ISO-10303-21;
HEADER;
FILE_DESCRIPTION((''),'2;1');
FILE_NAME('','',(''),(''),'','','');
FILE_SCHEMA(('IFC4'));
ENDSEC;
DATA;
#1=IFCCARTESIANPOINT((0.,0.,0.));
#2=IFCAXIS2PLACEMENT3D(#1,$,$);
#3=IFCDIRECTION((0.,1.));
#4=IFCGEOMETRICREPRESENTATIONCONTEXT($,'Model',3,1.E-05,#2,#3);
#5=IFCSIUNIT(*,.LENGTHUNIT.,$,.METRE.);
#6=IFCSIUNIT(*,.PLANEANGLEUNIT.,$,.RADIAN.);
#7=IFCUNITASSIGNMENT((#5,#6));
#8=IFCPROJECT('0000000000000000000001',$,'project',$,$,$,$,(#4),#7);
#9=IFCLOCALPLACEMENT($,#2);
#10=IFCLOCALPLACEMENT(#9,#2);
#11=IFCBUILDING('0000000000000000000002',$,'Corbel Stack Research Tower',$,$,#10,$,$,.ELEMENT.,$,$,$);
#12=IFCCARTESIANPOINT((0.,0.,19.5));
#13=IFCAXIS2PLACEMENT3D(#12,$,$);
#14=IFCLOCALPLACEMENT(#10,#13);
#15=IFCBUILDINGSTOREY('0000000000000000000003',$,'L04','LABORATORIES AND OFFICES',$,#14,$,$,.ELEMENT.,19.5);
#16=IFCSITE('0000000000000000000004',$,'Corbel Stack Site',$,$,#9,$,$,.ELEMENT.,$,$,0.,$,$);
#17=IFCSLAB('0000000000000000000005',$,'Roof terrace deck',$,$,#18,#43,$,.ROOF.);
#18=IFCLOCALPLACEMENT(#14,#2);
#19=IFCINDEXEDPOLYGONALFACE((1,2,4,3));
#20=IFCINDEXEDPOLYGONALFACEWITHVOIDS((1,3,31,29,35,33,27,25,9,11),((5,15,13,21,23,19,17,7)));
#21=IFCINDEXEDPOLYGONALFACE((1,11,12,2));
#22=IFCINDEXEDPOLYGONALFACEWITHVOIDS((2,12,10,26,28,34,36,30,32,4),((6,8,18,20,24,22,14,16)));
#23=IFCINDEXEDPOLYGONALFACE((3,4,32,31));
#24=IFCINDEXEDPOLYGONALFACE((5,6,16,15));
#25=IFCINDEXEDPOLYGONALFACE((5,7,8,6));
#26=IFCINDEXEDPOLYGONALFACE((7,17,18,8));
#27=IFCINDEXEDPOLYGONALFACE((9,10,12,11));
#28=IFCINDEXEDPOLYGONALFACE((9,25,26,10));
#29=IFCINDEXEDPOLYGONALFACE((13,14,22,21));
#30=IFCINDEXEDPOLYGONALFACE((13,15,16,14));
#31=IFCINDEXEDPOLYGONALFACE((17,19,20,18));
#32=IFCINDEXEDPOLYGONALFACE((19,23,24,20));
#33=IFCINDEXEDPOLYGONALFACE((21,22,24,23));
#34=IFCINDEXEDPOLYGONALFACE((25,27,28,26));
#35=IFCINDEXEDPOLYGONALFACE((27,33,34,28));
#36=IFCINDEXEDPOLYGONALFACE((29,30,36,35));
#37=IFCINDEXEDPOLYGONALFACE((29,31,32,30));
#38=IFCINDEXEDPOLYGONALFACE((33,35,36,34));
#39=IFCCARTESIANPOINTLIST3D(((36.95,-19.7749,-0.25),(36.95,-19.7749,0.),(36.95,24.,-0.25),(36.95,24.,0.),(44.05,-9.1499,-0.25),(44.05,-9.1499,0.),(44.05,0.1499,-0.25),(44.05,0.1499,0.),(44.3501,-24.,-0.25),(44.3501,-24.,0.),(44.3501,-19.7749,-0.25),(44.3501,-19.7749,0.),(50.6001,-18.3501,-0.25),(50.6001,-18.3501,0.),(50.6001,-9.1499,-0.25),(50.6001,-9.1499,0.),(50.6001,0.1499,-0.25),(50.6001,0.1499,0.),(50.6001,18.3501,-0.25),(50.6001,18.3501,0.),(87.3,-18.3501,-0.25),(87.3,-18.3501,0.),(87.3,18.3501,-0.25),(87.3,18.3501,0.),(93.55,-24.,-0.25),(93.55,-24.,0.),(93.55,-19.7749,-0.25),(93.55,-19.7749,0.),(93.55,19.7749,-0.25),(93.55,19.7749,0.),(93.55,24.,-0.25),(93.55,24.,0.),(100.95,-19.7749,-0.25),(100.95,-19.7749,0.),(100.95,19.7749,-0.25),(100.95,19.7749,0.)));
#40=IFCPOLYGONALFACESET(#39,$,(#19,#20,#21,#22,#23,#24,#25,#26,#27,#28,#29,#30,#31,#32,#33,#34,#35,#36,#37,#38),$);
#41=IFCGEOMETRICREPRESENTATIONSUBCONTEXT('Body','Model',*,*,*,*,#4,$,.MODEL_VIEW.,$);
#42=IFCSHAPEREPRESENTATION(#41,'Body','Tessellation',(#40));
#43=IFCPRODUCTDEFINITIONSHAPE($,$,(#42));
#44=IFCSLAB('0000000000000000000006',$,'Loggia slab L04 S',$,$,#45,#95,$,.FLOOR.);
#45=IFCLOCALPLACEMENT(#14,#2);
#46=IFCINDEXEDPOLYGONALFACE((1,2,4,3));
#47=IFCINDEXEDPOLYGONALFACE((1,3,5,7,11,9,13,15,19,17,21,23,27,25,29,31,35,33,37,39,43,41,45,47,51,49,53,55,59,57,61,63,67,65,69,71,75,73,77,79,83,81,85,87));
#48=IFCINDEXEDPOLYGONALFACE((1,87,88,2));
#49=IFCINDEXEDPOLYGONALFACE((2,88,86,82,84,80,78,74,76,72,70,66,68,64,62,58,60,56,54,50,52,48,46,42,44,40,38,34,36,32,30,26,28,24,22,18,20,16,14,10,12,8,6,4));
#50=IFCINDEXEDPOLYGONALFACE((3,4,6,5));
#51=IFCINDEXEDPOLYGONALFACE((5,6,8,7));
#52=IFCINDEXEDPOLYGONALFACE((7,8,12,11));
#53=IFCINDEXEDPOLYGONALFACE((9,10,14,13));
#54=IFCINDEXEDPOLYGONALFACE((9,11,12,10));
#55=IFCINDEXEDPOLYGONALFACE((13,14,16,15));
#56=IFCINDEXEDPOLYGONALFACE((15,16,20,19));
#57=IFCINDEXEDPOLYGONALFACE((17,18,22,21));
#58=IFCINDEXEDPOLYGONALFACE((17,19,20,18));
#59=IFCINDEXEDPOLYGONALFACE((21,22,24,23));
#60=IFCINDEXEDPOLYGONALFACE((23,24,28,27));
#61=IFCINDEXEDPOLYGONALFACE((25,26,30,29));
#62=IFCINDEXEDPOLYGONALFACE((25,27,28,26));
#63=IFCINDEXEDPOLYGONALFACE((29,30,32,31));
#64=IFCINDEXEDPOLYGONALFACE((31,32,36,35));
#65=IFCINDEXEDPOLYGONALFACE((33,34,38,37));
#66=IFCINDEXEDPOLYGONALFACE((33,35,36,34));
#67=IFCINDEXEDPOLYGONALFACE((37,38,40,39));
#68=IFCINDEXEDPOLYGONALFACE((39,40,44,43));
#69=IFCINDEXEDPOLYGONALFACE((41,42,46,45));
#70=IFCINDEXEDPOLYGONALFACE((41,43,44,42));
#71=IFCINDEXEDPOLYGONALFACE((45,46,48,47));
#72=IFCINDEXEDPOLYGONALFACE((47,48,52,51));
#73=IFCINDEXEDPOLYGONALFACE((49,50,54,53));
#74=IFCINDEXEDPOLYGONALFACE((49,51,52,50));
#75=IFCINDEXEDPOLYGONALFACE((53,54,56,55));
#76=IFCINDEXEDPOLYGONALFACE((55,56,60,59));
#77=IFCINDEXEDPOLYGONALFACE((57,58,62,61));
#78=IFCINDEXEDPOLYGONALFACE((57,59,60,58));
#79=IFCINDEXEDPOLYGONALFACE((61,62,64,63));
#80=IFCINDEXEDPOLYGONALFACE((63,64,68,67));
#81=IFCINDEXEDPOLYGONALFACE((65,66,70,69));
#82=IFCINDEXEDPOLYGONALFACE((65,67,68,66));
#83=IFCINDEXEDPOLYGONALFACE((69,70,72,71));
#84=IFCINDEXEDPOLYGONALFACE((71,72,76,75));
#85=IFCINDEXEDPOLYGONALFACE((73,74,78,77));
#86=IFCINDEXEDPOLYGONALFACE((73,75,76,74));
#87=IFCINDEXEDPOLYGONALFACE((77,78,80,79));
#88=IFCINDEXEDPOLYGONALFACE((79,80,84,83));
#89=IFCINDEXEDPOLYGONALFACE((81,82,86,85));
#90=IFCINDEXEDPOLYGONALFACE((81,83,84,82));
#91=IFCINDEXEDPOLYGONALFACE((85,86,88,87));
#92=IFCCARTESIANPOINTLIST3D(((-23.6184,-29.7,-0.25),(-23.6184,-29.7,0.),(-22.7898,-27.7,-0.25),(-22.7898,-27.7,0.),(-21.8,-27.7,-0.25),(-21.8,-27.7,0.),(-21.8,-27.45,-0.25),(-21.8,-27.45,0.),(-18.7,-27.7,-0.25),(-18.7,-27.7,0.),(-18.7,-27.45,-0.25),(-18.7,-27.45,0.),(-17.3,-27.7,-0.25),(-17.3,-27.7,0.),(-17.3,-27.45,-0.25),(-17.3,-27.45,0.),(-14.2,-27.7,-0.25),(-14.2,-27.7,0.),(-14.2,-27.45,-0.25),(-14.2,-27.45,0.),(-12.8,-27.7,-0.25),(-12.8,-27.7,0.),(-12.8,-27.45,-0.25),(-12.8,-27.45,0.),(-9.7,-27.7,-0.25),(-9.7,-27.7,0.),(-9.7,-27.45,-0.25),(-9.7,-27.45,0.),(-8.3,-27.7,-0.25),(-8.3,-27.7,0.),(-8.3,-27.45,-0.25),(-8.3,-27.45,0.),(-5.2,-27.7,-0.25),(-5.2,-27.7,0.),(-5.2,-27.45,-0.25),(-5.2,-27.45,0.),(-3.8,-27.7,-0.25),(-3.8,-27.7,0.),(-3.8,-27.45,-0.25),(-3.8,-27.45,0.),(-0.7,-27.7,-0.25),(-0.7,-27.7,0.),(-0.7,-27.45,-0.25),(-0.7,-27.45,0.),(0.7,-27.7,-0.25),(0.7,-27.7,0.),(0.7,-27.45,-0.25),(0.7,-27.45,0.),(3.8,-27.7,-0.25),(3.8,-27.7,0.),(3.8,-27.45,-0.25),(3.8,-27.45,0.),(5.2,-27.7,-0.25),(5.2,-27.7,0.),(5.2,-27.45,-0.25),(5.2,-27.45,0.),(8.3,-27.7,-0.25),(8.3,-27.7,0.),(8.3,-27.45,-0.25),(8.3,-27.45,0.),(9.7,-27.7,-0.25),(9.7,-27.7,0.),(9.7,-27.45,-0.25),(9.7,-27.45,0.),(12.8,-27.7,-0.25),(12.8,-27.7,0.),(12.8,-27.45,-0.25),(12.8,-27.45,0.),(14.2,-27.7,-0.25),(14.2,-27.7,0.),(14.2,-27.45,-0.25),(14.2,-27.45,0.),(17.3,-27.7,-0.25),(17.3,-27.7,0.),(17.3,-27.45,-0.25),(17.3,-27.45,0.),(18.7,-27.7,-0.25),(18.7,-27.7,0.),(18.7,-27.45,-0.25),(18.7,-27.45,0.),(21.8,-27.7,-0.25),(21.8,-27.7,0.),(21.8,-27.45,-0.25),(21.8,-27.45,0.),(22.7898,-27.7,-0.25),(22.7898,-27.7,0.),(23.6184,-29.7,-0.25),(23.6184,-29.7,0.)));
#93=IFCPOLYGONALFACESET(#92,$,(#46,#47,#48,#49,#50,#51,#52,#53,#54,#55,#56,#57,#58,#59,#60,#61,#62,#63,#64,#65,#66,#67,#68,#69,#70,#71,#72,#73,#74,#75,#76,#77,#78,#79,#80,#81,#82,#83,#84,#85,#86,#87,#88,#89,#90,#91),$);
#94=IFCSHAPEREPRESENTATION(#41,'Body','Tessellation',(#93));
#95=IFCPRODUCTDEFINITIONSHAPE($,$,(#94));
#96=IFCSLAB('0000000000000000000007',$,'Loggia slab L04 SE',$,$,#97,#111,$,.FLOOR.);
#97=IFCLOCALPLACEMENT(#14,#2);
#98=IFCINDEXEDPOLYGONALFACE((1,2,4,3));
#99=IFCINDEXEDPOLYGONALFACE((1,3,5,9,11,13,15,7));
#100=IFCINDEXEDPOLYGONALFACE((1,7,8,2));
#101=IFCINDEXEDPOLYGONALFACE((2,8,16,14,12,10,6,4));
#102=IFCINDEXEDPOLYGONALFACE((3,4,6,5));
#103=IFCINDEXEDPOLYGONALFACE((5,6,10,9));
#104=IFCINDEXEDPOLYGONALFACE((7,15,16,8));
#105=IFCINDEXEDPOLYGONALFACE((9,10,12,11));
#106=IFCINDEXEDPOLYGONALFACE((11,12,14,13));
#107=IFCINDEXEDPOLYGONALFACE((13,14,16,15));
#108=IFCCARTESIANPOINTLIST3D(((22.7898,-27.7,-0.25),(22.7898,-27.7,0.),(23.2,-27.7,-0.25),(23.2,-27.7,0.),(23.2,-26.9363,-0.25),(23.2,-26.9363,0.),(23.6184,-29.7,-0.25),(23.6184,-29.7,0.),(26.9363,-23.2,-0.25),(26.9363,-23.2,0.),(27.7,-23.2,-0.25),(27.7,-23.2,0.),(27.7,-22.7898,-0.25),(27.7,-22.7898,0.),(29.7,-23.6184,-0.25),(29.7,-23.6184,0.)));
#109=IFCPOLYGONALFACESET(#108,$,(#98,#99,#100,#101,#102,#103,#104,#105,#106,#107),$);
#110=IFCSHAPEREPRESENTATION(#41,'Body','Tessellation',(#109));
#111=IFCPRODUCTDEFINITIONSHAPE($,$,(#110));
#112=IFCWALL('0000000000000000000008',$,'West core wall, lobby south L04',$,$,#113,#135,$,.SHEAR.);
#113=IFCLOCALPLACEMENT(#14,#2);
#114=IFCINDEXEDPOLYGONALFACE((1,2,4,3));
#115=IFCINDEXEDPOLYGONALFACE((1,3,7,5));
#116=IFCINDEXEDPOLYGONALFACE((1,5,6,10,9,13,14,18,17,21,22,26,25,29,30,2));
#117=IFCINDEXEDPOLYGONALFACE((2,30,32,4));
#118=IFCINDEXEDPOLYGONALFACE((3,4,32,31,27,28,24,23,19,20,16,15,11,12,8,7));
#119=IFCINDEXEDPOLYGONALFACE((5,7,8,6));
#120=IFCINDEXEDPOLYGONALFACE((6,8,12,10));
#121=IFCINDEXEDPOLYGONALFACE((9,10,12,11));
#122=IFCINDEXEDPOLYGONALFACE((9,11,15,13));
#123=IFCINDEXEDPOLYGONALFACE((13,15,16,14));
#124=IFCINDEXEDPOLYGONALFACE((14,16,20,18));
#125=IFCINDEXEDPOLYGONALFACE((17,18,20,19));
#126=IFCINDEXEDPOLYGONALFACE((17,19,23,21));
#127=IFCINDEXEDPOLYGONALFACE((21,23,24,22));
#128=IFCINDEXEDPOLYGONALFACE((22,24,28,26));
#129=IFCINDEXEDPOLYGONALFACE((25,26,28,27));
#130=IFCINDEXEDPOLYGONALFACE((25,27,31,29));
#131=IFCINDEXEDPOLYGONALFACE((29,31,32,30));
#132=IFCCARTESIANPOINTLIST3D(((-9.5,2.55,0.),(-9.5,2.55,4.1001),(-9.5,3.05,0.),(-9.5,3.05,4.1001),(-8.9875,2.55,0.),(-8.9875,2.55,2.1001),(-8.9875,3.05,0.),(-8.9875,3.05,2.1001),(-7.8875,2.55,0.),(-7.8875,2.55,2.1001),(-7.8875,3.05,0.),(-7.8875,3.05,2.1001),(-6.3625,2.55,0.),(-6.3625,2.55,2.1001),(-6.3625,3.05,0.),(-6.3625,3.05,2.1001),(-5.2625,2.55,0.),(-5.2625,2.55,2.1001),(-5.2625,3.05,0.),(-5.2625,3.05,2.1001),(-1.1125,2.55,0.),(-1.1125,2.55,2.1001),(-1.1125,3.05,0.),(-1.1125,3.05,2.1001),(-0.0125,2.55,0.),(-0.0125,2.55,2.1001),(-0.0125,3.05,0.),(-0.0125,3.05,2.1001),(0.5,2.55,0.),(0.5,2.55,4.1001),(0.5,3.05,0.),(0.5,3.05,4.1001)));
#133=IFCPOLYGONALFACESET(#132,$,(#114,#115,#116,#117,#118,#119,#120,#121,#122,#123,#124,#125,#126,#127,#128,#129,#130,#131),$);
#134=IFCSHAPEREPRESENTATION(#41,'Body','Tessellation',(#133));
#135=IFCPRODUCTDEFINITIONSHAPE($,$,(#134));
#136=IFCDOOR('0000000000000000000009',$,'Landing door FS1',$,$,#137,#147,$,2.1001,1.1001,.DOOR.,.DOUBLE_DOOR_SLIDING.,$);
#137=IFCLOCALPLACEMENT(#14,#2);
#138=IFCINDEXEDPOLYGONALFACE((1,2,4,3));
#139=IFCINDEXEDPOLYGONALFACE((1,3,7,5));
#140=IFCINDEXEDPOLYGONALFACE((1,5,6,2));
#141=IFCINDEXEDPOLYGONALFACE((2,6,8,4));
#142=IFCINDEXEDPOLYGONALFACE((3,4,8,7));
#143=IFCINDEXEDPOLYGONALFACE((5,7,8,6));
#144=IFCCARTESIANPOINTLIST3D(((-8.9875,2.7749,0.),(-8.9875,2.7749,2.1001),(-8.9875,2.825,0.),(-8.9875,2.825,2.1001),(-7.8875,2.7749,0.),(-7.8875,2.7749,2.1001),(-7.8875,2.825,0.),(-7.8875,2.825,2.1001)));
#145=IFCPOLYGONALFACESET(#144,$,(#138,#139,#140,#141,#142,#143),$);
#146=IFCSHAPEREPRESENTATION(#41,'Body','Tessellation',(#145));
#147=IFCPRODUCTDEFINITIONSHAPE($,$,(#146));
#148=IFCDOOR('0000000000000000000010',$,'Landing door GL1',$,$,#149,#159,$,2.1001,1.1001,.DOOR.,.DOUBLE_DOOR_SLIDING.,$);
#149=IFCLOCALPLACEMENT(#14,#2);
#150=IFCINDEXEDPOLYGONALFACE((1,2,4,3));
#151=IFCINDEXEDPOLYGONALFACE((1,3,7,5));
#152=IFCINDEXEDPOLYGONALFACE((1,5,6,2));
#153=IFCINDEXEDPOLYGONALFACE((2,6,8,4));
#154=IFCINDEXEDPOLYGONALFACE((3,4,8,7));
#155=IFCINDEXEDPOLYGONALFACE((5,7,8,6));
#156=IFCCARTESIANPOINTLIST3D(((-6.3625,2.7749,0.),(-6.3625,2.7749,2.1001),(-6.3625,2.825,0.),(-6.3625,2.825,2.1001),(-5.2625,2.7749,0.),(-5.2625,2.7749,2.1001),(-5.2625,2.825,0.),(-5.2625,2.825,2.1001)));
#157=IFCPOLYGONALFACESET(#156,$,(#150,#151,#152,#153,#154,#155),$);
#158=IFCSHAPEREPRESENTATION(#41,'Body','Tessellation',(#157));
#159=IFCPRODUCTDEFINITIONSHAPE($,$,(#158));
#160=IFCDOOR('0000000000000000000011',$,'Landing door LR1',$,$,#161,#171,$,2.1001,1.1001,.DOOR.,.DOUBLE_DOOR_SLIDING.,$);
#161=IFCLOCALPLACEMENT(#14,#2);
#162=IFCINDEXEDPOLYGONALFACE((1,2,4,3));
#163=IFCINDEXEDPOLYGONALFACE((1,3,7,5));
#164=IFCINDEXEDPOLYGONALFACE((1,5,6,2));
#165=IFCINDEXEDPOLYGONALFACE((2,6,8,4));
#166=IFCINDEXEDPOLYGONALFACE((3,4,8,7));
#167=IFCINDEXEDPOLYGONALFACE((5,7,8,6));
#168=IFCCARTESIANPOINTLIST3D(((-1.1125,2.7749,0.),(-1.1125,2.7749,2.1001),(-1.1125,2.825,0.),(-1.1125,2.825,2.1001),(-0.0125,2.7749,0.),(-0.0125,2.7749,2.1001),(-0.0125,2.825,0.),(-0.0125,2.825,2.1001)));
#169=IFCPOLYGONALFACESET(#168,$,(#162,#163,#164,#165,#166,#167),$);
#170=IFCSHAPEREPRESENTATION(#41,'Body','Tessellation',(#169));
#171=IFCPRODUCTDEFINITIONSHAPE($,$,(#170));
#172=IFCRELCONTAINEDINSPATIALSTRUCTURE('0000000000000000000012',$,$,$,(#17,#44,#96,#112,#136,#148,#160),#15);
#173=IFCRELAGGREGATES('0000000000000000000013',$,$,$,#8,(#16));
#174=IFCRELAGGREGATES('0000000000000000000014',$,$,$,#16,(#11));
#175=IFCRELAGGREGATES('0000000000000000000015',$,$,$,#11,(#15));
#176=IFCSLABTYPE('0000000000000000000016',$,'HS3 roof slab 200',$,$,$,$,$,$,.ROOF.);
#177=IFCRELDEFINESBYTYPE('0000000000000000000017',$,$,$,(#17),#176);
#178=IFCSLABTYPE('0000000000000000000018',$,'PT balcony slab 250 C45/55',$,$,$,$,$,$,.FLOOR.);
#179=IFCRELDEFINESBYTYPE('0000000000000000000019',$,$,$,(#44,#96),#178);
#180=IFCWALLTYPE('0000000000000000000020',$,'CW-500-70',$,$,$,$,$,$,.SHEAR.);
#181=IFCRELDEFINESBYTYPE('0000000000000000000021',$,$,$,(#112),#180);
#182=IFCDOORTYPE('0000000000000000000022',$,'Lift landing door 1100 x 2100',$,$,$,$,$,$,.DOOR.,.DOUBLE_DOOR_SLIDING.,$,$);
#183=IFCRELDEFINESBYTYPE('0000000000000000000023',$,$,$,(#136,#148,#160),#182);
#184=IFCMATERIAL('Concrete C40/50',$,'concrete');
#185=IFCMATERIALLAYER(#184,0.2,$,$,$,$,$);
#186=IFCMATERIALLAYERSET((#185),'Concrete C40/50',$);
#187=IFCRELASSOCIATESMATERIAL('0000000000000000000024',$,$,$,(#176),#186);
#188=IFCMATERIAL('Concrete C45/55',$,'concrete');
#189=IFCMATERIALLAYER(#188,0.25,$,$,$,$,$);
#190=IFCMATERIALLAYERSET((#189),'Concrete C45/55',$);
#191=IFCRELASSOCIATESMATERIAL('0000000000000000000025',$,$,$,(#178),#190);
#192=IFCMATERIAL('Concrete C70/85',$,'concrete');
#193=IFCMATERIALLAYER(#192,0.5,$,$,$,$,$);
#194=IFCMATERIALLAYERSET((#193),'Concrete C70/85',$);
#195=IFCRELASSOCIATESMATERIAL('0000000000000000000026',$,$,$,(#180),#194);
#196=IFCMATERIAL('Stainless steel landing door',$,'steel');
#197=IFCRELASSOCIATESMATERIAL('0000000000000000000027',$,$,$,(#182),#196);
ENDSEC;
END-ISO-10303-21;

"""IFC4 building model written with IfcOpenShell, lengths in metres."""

from ifc_helpers import new_model, si_unit, direction, frame, frame_2d, origin, place, context, subcontext, project, spatial, polyline, rectangle, outline, extrude, material, layer, layer_set, type_object, element, fill, save


model = new_model("IFC4")

# Units and contexts
model_context = context("Model", 3, precision=1e-05, world=origin(), true_north=direction((0.0, 1.0)))
body_context = subcontext(model_context, "Body", "Model", "MODEL_VIEW")
ifc_project = project(units=[si_unit("LENGTHUNIT", "METRE"), si_unit("PLANEANGLEUNIT", "RADIAN")], contexts=[model_context])

# Site, building, storey
site_placement = place(None, origin())
site = spatial("IfcSite", under=ifc_project, at=site_placement, Name="Corbel Stack Site", CompositionType="ELEMENT", RefElevation=0.0)
building_placement = place(site_placement, origin())
building = spatial("IfcBuilding", under=site, at=building_placement, Name="Corbel Stack Research Tower", CompositionType="ELEMENT")
storey_placement = place(building_placement, frame((0.0, 0.0, 19.5)))
storey = spatial("IfcBuildingStorey", under=building, at=storey_placement, Name="L04", Description="LABORATORIES AND OFFICES", CompositionType="ELEMENT", Elevation=19.5)

# Slabs
ifc_material_1 = material(Name="Concrete C40/50", Category="concrete")
ifc_layer_1 = layer(ifc_material_1, 0.2)
ifc_layer_set_1 = layer_set([ifc_layer_1], Name="Concrete C40/50")
slab_type_1 = type_object("IfcSlabType", Name="HS3 roof slab 200", PredefinedType="ROOF", material=ifc_layer_set_1)
slab_1_placement = place(storey_placement, frame((0.0, 0.0, -0.25)))
element("IfcSlab", 1, at=slab_1_placement, inside=storey, type_object=slab_type_1, Name="Roof terrace deck", PredefinedType="ROOF", context=body_context, shape_type="SweptSolid", body=[
    extrude(outline(polyline([(100.95, -19.7749), (93.55, -19.7749), (93.55, -24.0), (44.3501, -24.0), (44.3501, -19.7749), (36.95, -19.7749), (36.95, 24.0), (93.55, 24.0), (93.55, 19.7749), (100.95, 19.7749), (100.95, -19.7749)]), holes=[polyline([(44.05, -9.1499), (50.6001, -9.1499), (50.6001, -18.3501), (87.3, -18.3501), (87.3, 18.3501), (50.6001, 18.3501), (50.6001, 0.1499), (44.05, 0.1499), (44.05, -9.1499)])]), origin(), (0.0, 0.0, 1.0), 0.25),
])
ifc_material_2 = material(Name="Concrete C45/55", Category="concrete")
ifc_layer_2 = layer(ifc_material_2, 0.25)
ifc_layer_set_2 = layer_set([ifc_layer_2], Name="Concrete C45/55")
slab_type_2 = type_object("IfcSlabType", Name="PT balcony slab 250 C45/55", PredefinedType="FLOOR", material=ifc_layer_set_2)
slab_2_placement = place(storey_placement, frame((0.0, 0.0, -0.25)))
element("IfcSlab", 2, at=slab_2_placement, inside=storey, type_object=slab_type_2, Name="Loggia slab L04 S", PredefinedType="FLOOR", context=body_context, shape_type="SweptSolid", body=[
    extrude(outline(polyline([(22.7898, -27.7), (21.8, -27.7), (21.8, -27.45), (18.7, -27.45), (18.7, -27.7), (17.3, -27.7), (17.3, -27.45), (14.2, -27.45), (14.2, -27.7), (12.8, -27.7), (12.8, -27.45), (9.7, -27.45), (9.7, -27.7), (8.3, -27.7), (8.3, -27.45), (5.2, -27.45), (5.2, -27.7), (3.8, -27.7), (3.8, -27.45), (0.7, -27.45), (0.7, -27.7), (-0.7, -27.7), (-0.7, -27.45), (-3.8, -27.45), (-3.8, -27.7), (-5.2, -27.7), (-5.2, -27.45), (-8.3, -27.45), (-8.3, -27.7), (-9.7, -27.7), (-9.7, -27.45), (-12.8, -27.45), (-12.8, -27.7), (-14.2, -27.7), (-14.2, -27.45), (-17.3, -27.45), (-17.3, -27.7), (-18.7, -27.7), (-18.7, -27.45), (-21.8, -27.45), (-21.8, -27.7), (-22.7898, -27.7), (-23.6184, -29.7), (23.6184, -29.7), (22.7898, -27.7)])), origin(), (0.0, 0.0, 1.0), 0.25),
])
slab_3_placement = place(storey_placement, frame((0.0, 0.0, -0.25)))
element("IfcSlab", 3, at=slab_3_placement, inside=storey, type_object=slab_type_2, Name="Loggia slab L04 SE", PredefinedType="FLOOR", context=body_context, shape_type="SweptSolid", body=[
    extrude(outline(polyline([(27.7, -22.7898), (27.7, -23.2), (26.9363, -23.2), (23.2, -26.9363), (23.2, -27.7), (22.7898, -27.7), (23.6184, -29.7), (29.7, -23.6184), (27.7, -22.7898)])), origin(), (0.0, 0.0, 1.0), 0.25),
])

# Wall, openings, doors
ifc_material_3 = material(Name="Concrete C70/85", Category="concrete")
ifc_layer_3 = layer(ifc_material_3, 0.5)
ifc_layer_set_3 = layer_set([ifc_layer_3], Name="Concrete C70/85")
wall_type_1 = type_object("IfcWallType", Name="CW-500-70", PredefinedType="SHEAR", material=ifc_layer_set_3)
wall_1_placement = place(storey_placement, frame((-9.5, 2.8, 0.0), z_axis=(0.0, 0.0, 1.0), x_axis=(1.0, 0.0, 0.0)))
wall_1 = element("IfcWall", 4, at=wall_1_placement, inside=storey, type_object=wall_type_1, Name="West core wall, lobby south L04", PredefinedType="SHEAR", context=body_context, shape_type="SweptSolid", body=[
    extrude(rectangle(XDim=10.0, YDim=0.5, at=frame_2d((5.0, 0.0))), origin(), (0.0, 0.0, 1.0), 4.1001),
])
opening_1_placement = place(wall_1_placement, frame((0.5125, 0.0, 0.0)))
opening_1 = element("IfcOpeningElement", 5, at=opening_1_placement, cuts=wall_1, PredefinedType="OPENING", context=body_context, shape_type="SweptSolid", body=[
    extrude(rectangle(XDim=1.1001, YDim=2.1001, at=frame_2d((0.55, 1.05))), frame((0.0, 0.26, 0.0), z_axis=(0.0, -1.0, 0.0), x_axis=(1.0, 0.0, 0.0)), (0.0, 0.0, 1.0), 0.52),
])
opening_2_placement = place(wall_1_placement, frame((3.1375, 0.0, 0.0)))
opening_2 = element("IfcOpeningElement", 6, at=opening_2_placement, cuts=wall_1, PredefinedType="OPENING", context=body_context, shape_type="SweptSolid", body=[
    extrude(rectangle(XDim=1.1001, YDim=2.1001, at=frame_2d((0.55, 1.05))), frame((0.0, 0.26, 0.0), z_axis=(0.0, -1.0, 0.0), x_axis=(1.0, 0.0, 0.0)), (0.0, 0.0, 1.0), 0.52),
])
opening_3_placement = place(wall_1_placement, frame((8.3875, 0.0, 0.0)))
opening_3 = element("IfcOpeningElement", 7, at=opening_3_placement, cuts=wall_1, PredefinedType="OPENING", context=body_context, shape_type="SweptSolid", body=[
    extrude(rectangle(XDim=1.1001, YDim=2.1001, at=frame_2d((0.55, 1.05))), frame((0.0, 0.26, 0.0), z_axis=(0.0, -1.0, 0.0), x_axis=(1.0, 0.0, 0.0)), (0.0, 0.0, 1.0), 0.52),
])
ifc_material_4 = material(Name="Stainless steel landing door", Category="steel")
door_type_1 = type_object("IfcDoorType", Name="Lift landing door 1100 x 2100", OperationType="DOUBLE_DOOR_SLIDING", PredefinedType="DOOR", material=ifc_material_4)
door_1_placement = place(opening_1_placement, origin())
door_1 = element("IfcDoor", 8, at=door_1_placement, inside=storey, type_object=door_type_1, Name="Landing door FS1", OperationType="DOUBLE_DOOR_SLIDING", OverallHeight=2.1001, OverallWidth=1.1001, PredefinedType="DOOR", context=body_context, shape_type="SweptSolid", body=[
    extrude(rectangle(XDim=1.1001, YDim=2.1001, at=frame_2d((0.55, 1.05))), frame((0.0, 0.0249, 0.0), z_axis=(0.0, -1.0, 0.0), x_axis=(1.0, 0.0, 0.0)), (0.0, 0.0, 1.0), 0.05),
])
fill(opening_1, door_1)
door_2_placement = place(opening_2_placement, origin())
door_2 = element("IfcDoor", 9, at=door_2_placement, inside=storey, type_object=door_type_1, Name="Landing door GL1", OperationType="DOUBLE_DOOR_SLIDING", OverallHeight=2.1001, OverallWidth=1.1001, PredefinedType="DOOR", context=body_context, shape_type="SweptSolid", body=[
    extrude(rectangle(XDim=1.1001, YDim=2.1001, at=frame_2d((0.55, 1.05))), frame((0.0, 0.0249, 0.0), z_axis=(0.0, -1.0, 0.0), x_axis=(1.0, 0.0, 0.0)), (0.0, 0.0, 1.0), 0.05),
])
fill(opening_2, door_2)
door_3_placement = place(opening_3_placement, origin())
door_3 = element("IfcDoor", 10, at=door_3_placement, inside=storey, type_object=door_type_1, Name="Landing door LR1", OperationType="DOUBLE_DOOR_SLIDING", OverallHeight=2.1001, OverallWidth=1.1001, PredefinedType="DOOR", context=body_context, shape_type="SweptSolid", body=[
    extrude(rectangle(XDim=1.1001, YDim=2.1001, at=frame_2d((0.55, 1.05))), frame((0.0, 0.0249, 0.0), z_axis=(0.0, -1.0, 0.0), x_axis=(1.0, 0.0, 0.0)), (0.0, 0.0, 1.0), 0.05),
])
fill(opening_3, door_3)

save(model, "model.ifc")
